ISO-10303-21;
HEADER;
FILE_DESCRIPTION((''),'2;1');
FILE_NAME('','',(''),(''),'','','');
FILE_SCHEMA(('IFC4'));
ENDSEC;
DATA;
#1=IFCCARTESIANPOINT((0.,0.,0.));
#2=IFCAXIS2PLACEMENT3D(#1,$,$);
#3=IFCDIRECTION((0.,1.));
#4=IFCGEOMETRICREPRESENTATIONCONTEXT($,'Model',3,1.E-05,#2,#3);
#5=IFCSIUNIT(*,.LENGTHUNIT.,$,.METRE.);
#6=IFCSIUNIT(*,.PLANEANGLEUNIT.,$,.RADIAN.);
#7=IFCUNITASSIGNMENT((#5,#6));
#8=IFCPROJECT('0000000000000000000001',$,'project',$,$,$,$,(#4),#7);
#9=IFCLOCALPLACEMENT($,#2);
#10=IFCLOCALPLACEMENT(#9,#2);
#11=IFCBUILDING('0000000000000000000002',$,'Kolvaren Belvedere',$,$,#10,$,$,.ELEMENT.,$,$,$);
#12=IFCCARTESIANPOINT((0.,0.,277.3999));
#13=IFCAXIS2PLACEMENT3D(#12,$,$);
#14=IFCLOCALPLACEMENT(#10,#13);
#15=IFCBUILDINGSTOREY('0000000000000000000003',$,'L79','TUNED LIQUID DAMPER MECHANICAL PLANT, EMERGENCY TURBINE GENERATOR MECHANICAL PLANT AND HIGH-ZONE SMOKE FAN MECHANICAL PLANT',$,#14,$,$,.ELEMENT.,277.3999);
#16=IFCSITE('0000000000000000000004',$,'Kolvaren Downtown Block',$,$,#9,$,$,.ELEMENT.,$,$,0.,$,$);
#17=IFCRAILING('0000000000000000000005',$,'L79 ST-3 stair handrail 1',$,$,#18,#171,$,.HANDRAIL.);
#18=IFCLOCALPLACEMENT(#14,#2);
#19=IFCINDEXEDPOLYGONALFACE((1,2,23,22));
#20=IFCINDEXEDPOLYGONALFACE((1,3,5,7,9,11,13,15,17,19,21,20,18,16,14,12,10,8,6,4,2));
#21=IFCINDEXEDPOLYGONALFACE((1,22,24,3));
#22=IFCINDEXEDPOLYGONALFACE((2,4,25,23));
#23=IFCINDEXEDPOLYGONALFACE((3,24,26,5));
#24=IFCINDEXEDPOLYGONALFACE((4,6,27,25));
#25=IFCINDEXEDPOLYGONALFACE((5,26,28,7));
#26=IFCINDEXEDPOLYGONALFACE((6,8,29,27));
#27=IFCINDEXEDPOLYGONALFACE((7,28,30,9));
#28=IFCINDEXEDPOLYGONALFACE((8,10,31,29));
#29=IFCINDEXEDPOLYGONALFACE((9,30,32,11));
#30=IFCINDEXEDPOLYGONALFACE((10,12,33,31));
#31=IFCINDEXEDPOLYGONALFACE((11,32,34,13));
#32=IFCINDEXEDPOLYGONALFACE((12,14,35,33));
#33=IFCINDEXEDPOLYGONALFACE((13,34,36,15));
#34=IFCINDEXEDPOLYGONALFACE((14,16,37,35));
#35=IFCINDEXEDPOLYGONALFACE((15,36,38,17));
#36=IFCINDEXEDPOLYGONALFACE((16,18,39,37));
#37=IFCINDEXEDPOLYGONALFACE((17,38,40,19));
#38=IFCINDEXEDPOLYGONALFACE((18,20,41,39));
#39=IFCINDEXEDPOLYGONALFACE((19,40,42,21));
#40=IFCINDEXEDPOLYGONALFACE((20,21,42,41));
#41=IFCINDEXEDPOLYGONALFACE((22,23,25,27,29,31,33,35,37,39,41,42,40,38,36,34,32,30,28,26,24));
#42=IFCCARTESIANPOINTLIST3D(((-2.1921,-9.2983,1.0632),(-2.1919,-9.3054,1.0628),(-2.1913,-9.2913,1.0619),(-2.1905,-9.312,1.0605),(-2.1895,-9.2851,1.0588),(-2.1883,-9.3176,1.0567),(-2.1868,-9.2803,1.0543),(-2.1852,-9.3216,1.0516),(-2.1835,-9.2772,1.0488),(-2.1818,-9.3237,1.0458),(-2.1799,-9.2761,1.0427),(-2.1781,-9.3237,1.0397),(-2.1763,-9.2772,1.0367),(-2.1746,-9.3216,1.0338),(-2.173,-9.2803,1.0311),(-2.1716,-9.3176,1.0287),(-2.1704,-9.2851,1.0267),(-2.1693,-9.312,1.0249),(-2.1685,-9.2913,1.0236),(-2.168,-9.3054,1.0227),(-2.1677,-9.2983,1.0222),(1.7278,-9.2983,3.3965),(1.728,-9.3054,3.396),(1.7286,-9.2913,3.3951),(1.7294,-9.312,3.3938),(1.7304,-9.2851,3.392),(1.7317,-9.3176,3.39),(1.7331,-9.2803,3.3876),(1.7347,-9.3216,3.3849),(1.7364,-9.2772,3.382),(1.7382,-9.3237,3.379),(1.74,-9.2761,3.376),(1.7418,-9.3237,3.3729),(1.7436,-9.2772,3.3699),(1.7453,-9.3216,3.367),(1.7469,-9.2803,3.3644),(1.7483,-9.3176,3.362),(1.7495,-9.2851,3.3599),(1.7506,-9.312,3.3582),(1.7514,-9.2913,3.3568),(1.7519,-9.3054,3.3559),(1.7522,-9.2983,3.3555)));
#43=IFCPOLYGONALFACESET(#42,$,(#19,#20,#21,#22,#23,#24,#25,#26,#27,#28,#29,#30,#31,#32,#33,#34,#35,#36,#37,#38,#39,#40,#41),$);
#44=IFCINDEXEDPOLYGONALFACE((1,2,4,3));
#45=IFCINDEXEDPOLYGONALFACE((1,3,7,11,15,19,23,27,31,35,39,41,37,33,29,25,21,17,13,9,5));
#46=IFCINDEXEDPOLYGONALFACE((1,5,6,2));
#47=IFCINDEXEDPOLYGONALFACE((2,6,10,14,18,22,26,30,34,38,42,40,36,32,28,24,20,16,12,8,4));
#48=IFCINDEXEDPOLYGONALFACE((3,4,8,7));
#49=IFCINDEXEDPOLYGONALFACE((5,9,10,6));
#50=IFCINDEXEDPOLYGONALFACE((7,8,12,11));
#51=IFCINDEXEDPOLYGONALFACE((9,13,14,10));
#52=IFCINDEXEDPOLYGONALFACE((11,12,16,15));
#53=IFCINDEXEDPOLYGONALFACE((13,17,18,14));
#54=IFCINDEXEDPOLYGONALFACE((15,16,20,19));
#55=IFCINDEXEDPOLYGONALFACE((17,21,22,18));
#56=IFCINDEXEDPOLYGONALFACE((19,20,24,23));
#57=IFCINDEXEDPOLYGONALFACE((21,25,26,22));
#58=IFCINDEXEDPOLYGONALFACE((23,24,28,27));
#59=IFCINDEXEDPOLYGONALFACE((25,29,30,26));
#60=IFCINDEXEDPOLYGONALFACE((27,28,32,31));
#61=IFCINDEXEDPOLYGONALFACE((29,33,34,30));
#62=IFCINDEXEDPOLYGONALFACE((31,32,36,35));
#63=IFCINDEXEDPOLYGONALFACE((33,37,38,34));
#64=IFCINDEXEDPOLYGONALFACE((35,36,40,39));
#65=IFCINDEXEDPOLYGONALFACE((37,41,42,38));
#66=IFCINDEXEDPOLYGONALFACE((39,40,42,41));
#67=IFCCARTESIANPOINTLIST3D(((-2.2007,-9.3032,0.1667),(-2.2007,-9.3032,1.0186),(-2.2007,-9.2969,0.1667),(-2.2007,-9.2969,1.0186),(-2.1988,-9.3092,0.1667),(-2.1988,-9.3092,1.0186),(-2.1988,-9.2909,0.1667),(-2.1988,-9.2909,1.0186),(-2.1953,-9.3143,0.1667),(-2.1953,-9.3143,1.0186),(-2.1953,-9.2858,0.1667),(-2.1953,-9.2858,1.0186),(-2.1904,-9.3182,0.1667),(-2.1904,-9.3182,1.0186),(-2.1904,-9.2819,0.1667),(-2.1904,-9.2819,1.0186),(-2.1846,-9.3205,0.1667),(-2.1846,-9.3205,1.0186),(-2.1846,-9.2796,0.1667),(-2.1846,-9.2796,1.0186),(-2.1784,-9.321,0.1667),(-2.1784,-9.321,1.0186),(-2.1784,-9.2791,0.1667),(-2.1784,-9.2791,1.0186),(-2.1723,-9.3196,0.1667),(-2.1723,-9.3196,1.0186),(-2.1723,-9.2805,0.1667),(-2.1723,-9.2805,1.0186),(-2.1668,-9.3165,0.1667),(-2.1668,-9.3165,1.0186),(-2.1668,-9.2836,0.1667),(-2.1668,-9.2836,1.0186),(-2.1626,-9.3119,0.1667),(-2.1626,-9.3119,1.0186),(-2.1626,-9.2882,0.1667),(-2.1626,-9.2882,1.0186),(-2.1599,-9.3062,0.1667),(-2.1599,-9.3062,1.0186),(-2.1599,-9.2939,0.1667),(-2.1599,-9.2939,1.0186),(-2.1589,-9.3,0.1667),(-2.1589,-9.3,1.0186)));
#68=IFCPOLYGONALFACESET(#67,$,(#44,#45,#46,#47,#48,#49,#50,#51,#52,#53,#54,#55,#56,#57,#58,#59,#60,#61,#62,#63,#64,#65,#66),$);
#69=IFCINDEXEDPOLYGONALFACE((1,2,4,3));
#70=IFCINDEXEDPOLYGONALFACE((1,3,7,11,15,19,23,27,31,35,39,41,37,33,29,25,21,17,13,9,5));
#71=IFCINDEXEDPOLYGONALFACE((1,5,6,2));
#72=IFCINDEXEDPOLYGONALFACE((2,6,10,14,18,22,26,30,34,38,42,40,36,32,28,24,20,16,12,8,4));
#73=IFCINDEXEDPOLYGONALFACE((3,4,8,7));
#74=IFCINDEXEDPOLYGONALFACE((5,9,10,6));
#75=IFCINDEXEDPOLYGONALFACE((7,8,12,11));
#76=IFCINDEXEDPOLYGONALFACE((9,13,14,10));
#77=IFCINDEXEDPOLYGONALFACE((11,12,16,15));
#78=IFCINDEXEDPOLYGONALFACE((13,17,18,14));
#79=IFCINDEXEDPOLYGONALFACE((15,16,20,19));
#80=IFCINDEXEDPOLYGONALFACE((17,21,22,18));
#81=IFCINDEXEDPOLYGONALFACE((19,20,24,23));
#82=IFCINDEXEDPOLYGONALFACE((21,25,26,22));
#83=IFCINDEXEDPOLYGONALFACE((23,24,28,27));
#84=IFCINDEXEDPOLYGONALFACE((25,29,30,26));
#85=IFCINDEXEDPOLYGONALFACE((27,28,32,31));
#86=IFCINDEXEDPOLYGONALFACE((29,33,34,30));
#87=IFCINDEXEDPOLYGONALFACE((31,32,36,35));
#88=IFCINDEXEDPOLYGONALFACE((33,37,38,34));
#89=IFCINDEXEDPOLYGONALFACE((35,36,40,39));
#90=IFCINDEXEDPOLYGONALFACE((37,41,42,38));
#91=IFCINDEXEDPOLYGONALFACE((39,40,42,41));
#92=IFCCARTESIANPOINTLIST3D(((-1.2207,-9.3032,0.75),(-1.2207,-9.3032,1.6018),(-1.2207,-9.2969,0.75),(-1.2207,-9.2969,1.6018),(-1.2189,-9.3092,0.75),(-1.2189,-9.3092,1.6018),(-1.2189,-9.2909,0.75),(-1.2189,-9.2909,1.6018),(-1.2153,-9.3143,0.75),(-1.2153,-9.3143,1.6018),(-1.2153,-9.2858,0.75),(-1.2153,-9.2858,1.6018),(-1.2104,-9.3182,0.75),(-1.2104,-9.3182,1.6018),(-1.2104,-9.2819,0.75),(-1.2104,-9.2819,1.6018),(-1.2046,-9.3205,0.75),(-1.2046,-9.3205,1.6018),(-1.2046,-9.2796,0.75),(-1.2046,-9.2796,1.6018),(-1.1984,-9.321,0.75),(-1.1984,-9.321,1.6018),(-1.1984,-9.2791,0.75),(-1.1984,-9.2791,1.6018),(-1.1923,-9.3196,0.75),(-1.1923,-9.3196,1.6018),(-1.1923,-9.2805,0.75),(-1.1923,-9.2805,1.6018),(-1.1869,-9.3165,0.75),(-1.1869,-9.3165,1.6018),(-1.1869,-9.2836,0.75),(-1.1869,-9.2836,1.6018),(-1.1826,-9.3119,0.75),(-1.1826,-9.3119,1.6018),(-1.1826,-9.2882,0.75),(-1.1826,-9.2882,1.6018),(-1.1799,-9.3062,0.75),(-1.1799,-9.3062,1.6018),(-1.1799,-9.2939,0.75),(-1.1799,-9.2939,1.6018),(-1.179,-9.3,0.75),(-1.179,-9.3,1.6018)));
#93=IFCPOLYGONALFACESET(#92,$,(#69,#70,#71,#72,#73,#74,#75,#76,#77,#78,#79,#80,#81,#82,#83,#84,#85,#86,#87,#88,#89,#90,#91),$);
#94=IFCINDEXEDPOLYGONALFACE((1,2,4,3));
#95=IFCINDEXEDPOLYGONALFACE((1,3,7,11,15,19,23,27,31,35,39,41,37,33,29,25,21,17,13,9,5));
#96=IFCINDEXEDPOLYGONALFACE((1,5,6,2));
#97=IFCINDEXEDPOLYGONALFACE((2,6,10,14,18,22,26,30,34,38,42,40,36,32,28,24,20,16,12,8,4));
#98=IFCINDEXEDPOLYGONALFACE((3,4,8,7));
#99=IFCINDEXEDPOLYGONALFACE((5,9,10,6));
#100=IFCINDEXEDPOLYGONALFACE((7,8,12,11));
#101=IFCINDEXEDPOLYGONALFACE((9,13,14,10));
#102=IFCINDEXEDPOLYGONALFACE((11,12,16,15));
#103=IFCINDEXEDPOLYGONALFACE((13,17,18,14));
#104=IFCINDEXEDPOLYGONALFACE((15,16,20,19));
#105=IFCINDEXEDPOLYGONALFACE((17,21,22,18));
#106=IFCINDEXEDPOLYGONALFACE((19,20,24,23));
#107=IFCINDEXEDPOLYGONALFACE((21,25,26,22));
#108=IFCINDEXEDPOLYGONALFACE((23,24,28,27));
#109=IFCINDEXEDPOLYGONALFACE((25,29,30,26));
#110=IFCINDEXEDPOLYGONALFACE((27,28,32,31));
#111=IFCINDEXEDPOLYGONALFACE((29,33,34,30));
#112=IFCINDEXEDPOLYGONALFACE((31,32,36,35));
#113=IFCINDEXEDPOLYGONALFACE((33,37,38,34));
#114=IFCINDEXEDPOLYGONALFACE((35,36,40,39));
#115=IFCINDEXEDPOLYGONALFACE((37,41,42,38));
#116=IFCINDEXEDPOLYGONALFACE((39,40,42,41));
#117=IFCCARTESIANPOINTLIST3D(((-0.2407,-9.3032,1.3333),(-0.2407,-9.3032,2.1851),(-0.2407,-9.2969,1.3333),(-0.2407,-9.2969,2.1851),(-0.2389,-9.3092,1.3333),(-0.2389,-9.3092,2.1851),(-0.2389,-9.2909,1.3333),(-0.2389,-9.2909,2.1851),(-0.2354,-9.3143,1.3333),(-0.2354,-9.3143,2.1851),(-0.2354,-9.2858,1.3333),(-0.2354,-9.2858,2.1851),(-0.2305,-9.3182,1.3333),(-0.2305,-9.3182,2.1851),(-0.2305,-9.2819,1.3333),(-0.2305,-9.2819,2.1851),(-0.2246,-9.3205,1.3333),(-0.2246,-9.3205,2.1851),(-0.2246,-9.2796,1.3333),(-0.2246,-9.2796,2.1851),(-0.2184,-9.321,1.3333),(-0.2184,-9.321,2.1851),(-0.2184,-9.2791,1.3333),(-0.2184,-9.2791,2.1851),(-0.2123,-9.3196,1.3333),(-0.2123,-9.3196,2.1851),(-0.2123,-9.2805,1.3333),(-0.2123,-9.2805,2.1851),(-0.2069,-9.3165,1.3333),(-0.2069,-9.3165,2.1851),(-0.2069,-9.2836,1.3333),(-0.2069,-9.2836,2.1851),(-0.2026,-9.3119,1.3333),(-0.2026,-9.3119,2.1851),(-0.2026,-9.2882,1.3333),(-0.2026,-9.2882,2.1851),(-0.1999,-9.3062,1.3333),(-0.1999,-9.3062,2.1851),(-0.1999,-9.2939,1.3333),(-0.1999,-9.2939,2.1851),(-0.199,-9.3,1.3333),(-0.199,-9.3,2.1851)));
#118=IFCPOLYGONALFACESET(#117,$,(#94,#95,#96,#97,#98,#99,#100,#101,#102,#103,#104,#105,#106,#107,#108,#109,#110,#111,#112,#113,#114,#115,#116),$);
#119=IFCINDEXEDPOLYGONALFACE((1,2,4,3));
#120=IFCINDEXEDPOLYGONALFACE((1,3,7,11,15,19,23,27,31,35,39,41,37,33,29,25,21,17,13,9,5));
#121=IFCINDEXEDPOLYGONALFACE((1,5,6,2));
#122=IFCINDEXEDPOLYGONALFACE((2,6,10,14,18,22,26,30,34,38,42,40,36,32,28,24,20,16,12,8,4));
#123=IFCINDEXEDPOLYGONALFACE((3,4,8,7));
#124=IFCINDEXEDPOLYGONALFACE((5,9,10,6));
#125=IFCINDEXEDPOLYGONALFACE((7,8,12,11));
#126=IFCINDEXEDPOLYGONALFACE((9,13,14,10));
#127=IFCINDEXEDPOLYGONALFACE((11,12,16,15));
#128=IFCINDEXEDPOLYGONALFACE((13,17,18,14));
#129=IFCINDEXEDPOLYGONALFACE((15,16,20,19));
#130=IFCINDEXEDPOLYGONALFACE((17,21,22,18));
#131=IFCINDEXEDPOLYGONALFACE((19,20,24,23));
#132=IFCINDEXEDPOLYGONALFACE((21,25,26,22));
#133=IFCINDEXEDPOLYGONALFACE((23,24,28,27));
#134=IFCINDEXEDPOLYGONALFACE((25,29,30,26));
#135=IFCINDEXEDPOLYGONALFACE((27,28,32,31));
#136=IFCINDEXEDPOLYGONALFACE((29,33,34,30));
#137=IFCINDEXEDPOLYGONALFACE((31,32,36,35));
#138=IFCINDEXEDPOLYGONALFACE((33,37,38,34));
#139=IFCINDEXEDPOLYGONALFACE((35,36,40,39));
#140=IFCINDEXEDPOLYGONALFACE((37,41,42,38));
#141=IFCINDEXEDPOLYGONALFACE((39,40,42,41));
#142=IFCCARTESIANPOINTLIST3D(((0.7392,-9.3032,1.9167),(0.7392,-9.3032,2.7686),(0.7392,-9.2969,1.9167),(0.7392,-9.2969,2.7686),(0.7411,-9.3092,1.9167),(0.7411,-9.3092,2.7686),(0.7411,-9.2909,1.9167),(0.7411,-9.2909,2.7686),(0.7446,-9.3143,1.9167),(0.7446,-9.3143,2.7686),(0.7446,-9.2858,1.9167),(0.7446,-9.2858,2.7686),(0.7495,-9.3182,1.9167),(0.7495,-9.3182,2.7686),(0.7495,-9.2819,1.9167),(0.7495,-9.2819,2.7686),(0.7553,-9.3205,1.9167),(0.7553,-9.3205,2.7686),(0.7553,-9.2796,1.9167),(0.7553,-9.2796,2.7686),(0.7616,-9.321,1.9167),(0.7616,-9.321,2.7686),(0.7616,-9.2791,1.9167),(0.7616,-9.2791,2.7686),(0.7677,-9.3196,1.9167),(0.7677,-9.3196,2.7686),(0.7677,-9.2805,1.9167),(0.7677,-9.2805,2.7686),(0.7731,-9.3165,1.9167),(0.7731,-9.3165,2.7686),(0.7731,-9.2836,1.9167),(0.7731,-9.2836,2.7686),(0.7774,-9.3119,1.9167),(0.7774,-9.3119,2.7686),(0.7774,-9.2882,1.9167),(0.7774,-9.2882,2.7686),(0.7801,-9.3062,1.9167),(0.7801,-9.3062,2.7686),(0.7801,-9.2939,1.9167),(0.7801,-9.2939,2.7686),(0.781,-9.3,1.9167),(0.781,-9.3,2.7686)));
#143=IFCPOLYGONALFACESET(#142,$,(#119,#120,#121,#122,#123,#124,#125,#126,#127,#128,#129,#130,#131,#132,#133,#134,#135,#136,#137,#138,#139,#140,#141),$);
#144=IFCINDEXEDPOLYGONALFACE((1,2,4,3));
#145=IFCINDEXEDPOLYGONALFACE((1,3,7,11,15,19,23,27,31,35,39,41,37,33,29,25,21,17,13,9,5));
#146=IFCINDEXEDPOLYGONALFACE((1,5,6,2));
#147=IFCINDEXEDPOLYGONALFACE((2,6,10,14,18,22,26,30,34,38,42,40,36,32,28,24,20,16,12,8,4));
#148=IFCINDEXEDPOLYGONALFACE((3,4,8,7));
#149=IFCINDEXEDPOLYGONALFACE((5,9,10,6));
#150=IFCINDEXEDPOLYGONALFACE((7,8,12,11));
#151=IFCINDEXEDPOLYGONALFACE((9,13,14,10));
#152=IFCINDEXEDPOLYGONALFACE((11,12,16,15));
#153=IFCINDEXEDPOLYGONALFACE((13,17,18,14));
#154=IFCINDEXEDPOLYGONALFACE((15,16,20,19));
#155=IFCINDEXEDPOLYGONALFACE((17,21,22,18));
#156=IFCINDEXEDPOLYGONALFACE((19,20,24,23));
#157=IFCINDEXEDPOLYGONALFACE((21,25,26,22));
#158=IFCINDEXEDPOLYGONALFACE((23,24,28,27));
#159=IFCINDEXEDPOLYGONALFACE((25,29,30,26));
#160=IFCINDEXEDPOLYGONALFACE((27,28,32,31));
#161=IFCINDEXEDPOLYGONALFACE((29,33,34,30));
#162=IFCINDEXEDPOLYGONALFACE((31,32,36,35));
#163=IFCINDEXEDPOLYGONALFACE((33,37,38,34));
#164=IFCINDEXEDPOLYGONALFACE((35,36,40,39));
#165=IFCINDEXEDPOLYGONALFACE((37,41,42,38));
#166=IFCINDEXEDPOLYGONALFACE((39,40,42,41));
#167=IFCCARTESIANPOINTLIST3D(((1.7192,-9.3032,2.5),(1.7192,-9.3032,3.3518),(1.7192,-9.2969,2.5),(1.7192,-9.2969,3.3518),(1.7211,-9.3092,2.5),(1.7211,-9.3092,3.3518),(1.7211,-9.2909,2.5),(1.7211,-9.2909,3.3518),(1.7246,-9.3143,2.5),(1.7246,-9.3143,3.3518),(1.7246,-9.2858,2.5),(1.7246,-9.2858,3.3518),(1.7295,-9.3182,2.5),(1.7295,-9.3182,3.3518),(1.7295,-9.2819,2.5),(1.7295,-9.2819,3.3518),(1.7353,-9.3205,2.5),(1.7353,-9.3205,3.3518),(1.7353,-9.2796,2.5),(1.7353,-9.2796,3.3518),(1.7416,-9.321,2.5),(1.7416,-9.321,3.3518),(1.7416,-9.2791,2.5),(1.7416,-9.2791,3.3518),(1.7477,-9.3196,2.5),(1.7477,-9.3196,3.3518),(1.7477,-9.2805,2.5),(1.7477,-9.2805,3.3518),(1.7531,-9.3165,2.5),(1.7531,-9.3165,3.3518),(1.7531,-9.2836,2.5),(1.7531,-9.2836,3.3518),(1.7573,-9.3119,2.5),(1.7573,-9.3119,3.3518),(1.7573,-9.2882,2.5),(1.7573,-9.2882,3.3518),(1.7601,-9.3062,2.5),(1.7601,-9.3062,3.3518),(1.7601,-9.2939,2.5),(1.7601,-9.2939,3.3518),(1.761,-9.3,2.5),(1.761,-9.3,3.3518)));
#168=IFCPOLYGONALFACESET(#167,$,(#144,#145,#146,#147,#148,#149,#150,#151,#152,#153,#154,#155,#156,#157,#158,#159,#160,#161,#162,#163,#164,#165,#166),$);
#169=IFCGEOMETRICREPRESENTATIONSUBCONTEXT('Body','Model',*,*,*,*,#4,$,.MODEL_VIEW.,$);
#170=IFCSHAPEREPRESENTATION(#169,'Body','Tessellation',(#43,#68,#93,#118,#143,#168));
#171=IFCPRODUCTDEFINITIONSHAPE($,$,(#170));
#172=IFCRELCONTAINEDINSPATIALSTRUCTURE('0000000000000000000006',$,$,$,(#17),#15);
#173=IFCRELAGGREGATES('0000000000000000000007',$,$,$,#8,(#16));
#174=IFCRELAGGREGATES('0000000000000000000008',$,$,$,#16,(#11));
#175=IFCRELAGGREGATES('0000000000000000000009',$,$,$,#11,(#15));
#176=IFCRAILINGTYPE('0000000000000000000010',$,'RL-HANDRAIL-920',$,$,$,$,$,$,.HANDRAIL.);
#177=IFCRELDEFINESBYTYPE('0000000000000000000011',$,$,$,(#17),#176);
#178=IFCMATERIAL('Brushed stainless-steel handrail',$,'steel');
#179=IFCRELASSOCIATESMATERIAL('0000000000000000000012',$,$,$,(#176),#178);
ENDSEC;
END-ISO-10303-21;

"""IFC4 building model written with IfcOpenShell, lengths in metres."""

from ifc_helpers import new_model, si_unit, direction, frame, origin, origin_2d, place, context, subcontext, project, spatial, circle, extrude, material, type_object, element, save


model = new_model("IFC4")

# Units and contexts
model_context = context("Model", 3, precision=1e-05, world=origin(), true_north=direction((0.0, 1.0)))
body_context = subcontext(model_context, "Body", "Model", "MODEL_VIEW")
ifc_project = project(units=[si_unit("LENGTHUNIT", "METRE"), si_unit("PLANEANGLEUNIT", "RADIAN")], contexts=[model_context])

# Site, building, storey
site_placement = place(None, origin())
site = spatial("IfcSite", under=ifc_project, at=site_placement, Name="Kolvaren Downtown Block", CompositionType="ELEMENT", RefElevation=0.0)
building_placement = place(site_placement, origin())
building = spatial("IfcBuilding", under=site, at=building_placement, Name="Kolvaren Belvedere", CompositionType="ELEMENT")
storey_placement = place(building_placement, frame((0.0, 0.0, 277.3999)))
storey = spatial("IfcBuildingStorey", under=building, at=storey_placement, Name="L79", Description="TUNED LIQUID DAMPER MECHANICAL PLANT, EMERGENCY TURBINE GENERATOR MECHANICAL PLANT AND HIGH-ZONE SMOKE FAN MECHANICAL PLANT", CompositionType="ELEMENT", Elevation=277.3999)

# Railing
ifc_material_1 = material(Name="Brushed stainless-steel handrail", Category="steel")
railing_type_1 = type_object("IfcRailingType", Name="RL-HANDRAIL-920", PredefinedType="HANDRAIL", material=ifc_material_1)
railing_1_placement = place(storey_placement, frame((-2.1799, -9.3, 0.1667)))
element("IfcRailing", 1, at=railing_1_placement, inside=storey, type_object=railing_type_1, Name="L79 ST-3 stair handrail 1", PredefinedType="HANDRAIL", context=body_context, shape_type="SweptSolid", body=[
    extrude(circle(Radius=0.0239, at=origin_2d()), frame((0.0, 0.0, 0.876), z_axis=(0.859296, 0.0, 0.511478), x_axis=(0.0, 1.0, 0.0)), (0.0, 0.0, 1.0), 4.5618),
    extrude(circle(Radius=0.021, at=origin_2d()), origin(), (0.0, 0.0, 1.0), 0.8518),
    extrude(circle(Radius=0.021, at=origin_2d()), frame((0.98, 0.0, 0.5833)), (0.0, 0.0, 1.0), 0.8518),
    extrude(circle(Radius=0.021, at=origin_2d()), frame((1.96, 0.0, 1.1665)), (0.0, 0.0, 1.0), 0.8518),
    extrude(circle(Radius=0.021, at=origin_2d()), frame((2.9399, 0.0, 1.75)), (0.0, 0.0, 1.0), 0.8518),
    extrude(circle(Radius=0.021, at=origin_2d()), frame((3.9199, 0.0, 2.3333)), (0.0, 0.0, 1.0), 0.8518),
])

save(model, "model.ifc")
